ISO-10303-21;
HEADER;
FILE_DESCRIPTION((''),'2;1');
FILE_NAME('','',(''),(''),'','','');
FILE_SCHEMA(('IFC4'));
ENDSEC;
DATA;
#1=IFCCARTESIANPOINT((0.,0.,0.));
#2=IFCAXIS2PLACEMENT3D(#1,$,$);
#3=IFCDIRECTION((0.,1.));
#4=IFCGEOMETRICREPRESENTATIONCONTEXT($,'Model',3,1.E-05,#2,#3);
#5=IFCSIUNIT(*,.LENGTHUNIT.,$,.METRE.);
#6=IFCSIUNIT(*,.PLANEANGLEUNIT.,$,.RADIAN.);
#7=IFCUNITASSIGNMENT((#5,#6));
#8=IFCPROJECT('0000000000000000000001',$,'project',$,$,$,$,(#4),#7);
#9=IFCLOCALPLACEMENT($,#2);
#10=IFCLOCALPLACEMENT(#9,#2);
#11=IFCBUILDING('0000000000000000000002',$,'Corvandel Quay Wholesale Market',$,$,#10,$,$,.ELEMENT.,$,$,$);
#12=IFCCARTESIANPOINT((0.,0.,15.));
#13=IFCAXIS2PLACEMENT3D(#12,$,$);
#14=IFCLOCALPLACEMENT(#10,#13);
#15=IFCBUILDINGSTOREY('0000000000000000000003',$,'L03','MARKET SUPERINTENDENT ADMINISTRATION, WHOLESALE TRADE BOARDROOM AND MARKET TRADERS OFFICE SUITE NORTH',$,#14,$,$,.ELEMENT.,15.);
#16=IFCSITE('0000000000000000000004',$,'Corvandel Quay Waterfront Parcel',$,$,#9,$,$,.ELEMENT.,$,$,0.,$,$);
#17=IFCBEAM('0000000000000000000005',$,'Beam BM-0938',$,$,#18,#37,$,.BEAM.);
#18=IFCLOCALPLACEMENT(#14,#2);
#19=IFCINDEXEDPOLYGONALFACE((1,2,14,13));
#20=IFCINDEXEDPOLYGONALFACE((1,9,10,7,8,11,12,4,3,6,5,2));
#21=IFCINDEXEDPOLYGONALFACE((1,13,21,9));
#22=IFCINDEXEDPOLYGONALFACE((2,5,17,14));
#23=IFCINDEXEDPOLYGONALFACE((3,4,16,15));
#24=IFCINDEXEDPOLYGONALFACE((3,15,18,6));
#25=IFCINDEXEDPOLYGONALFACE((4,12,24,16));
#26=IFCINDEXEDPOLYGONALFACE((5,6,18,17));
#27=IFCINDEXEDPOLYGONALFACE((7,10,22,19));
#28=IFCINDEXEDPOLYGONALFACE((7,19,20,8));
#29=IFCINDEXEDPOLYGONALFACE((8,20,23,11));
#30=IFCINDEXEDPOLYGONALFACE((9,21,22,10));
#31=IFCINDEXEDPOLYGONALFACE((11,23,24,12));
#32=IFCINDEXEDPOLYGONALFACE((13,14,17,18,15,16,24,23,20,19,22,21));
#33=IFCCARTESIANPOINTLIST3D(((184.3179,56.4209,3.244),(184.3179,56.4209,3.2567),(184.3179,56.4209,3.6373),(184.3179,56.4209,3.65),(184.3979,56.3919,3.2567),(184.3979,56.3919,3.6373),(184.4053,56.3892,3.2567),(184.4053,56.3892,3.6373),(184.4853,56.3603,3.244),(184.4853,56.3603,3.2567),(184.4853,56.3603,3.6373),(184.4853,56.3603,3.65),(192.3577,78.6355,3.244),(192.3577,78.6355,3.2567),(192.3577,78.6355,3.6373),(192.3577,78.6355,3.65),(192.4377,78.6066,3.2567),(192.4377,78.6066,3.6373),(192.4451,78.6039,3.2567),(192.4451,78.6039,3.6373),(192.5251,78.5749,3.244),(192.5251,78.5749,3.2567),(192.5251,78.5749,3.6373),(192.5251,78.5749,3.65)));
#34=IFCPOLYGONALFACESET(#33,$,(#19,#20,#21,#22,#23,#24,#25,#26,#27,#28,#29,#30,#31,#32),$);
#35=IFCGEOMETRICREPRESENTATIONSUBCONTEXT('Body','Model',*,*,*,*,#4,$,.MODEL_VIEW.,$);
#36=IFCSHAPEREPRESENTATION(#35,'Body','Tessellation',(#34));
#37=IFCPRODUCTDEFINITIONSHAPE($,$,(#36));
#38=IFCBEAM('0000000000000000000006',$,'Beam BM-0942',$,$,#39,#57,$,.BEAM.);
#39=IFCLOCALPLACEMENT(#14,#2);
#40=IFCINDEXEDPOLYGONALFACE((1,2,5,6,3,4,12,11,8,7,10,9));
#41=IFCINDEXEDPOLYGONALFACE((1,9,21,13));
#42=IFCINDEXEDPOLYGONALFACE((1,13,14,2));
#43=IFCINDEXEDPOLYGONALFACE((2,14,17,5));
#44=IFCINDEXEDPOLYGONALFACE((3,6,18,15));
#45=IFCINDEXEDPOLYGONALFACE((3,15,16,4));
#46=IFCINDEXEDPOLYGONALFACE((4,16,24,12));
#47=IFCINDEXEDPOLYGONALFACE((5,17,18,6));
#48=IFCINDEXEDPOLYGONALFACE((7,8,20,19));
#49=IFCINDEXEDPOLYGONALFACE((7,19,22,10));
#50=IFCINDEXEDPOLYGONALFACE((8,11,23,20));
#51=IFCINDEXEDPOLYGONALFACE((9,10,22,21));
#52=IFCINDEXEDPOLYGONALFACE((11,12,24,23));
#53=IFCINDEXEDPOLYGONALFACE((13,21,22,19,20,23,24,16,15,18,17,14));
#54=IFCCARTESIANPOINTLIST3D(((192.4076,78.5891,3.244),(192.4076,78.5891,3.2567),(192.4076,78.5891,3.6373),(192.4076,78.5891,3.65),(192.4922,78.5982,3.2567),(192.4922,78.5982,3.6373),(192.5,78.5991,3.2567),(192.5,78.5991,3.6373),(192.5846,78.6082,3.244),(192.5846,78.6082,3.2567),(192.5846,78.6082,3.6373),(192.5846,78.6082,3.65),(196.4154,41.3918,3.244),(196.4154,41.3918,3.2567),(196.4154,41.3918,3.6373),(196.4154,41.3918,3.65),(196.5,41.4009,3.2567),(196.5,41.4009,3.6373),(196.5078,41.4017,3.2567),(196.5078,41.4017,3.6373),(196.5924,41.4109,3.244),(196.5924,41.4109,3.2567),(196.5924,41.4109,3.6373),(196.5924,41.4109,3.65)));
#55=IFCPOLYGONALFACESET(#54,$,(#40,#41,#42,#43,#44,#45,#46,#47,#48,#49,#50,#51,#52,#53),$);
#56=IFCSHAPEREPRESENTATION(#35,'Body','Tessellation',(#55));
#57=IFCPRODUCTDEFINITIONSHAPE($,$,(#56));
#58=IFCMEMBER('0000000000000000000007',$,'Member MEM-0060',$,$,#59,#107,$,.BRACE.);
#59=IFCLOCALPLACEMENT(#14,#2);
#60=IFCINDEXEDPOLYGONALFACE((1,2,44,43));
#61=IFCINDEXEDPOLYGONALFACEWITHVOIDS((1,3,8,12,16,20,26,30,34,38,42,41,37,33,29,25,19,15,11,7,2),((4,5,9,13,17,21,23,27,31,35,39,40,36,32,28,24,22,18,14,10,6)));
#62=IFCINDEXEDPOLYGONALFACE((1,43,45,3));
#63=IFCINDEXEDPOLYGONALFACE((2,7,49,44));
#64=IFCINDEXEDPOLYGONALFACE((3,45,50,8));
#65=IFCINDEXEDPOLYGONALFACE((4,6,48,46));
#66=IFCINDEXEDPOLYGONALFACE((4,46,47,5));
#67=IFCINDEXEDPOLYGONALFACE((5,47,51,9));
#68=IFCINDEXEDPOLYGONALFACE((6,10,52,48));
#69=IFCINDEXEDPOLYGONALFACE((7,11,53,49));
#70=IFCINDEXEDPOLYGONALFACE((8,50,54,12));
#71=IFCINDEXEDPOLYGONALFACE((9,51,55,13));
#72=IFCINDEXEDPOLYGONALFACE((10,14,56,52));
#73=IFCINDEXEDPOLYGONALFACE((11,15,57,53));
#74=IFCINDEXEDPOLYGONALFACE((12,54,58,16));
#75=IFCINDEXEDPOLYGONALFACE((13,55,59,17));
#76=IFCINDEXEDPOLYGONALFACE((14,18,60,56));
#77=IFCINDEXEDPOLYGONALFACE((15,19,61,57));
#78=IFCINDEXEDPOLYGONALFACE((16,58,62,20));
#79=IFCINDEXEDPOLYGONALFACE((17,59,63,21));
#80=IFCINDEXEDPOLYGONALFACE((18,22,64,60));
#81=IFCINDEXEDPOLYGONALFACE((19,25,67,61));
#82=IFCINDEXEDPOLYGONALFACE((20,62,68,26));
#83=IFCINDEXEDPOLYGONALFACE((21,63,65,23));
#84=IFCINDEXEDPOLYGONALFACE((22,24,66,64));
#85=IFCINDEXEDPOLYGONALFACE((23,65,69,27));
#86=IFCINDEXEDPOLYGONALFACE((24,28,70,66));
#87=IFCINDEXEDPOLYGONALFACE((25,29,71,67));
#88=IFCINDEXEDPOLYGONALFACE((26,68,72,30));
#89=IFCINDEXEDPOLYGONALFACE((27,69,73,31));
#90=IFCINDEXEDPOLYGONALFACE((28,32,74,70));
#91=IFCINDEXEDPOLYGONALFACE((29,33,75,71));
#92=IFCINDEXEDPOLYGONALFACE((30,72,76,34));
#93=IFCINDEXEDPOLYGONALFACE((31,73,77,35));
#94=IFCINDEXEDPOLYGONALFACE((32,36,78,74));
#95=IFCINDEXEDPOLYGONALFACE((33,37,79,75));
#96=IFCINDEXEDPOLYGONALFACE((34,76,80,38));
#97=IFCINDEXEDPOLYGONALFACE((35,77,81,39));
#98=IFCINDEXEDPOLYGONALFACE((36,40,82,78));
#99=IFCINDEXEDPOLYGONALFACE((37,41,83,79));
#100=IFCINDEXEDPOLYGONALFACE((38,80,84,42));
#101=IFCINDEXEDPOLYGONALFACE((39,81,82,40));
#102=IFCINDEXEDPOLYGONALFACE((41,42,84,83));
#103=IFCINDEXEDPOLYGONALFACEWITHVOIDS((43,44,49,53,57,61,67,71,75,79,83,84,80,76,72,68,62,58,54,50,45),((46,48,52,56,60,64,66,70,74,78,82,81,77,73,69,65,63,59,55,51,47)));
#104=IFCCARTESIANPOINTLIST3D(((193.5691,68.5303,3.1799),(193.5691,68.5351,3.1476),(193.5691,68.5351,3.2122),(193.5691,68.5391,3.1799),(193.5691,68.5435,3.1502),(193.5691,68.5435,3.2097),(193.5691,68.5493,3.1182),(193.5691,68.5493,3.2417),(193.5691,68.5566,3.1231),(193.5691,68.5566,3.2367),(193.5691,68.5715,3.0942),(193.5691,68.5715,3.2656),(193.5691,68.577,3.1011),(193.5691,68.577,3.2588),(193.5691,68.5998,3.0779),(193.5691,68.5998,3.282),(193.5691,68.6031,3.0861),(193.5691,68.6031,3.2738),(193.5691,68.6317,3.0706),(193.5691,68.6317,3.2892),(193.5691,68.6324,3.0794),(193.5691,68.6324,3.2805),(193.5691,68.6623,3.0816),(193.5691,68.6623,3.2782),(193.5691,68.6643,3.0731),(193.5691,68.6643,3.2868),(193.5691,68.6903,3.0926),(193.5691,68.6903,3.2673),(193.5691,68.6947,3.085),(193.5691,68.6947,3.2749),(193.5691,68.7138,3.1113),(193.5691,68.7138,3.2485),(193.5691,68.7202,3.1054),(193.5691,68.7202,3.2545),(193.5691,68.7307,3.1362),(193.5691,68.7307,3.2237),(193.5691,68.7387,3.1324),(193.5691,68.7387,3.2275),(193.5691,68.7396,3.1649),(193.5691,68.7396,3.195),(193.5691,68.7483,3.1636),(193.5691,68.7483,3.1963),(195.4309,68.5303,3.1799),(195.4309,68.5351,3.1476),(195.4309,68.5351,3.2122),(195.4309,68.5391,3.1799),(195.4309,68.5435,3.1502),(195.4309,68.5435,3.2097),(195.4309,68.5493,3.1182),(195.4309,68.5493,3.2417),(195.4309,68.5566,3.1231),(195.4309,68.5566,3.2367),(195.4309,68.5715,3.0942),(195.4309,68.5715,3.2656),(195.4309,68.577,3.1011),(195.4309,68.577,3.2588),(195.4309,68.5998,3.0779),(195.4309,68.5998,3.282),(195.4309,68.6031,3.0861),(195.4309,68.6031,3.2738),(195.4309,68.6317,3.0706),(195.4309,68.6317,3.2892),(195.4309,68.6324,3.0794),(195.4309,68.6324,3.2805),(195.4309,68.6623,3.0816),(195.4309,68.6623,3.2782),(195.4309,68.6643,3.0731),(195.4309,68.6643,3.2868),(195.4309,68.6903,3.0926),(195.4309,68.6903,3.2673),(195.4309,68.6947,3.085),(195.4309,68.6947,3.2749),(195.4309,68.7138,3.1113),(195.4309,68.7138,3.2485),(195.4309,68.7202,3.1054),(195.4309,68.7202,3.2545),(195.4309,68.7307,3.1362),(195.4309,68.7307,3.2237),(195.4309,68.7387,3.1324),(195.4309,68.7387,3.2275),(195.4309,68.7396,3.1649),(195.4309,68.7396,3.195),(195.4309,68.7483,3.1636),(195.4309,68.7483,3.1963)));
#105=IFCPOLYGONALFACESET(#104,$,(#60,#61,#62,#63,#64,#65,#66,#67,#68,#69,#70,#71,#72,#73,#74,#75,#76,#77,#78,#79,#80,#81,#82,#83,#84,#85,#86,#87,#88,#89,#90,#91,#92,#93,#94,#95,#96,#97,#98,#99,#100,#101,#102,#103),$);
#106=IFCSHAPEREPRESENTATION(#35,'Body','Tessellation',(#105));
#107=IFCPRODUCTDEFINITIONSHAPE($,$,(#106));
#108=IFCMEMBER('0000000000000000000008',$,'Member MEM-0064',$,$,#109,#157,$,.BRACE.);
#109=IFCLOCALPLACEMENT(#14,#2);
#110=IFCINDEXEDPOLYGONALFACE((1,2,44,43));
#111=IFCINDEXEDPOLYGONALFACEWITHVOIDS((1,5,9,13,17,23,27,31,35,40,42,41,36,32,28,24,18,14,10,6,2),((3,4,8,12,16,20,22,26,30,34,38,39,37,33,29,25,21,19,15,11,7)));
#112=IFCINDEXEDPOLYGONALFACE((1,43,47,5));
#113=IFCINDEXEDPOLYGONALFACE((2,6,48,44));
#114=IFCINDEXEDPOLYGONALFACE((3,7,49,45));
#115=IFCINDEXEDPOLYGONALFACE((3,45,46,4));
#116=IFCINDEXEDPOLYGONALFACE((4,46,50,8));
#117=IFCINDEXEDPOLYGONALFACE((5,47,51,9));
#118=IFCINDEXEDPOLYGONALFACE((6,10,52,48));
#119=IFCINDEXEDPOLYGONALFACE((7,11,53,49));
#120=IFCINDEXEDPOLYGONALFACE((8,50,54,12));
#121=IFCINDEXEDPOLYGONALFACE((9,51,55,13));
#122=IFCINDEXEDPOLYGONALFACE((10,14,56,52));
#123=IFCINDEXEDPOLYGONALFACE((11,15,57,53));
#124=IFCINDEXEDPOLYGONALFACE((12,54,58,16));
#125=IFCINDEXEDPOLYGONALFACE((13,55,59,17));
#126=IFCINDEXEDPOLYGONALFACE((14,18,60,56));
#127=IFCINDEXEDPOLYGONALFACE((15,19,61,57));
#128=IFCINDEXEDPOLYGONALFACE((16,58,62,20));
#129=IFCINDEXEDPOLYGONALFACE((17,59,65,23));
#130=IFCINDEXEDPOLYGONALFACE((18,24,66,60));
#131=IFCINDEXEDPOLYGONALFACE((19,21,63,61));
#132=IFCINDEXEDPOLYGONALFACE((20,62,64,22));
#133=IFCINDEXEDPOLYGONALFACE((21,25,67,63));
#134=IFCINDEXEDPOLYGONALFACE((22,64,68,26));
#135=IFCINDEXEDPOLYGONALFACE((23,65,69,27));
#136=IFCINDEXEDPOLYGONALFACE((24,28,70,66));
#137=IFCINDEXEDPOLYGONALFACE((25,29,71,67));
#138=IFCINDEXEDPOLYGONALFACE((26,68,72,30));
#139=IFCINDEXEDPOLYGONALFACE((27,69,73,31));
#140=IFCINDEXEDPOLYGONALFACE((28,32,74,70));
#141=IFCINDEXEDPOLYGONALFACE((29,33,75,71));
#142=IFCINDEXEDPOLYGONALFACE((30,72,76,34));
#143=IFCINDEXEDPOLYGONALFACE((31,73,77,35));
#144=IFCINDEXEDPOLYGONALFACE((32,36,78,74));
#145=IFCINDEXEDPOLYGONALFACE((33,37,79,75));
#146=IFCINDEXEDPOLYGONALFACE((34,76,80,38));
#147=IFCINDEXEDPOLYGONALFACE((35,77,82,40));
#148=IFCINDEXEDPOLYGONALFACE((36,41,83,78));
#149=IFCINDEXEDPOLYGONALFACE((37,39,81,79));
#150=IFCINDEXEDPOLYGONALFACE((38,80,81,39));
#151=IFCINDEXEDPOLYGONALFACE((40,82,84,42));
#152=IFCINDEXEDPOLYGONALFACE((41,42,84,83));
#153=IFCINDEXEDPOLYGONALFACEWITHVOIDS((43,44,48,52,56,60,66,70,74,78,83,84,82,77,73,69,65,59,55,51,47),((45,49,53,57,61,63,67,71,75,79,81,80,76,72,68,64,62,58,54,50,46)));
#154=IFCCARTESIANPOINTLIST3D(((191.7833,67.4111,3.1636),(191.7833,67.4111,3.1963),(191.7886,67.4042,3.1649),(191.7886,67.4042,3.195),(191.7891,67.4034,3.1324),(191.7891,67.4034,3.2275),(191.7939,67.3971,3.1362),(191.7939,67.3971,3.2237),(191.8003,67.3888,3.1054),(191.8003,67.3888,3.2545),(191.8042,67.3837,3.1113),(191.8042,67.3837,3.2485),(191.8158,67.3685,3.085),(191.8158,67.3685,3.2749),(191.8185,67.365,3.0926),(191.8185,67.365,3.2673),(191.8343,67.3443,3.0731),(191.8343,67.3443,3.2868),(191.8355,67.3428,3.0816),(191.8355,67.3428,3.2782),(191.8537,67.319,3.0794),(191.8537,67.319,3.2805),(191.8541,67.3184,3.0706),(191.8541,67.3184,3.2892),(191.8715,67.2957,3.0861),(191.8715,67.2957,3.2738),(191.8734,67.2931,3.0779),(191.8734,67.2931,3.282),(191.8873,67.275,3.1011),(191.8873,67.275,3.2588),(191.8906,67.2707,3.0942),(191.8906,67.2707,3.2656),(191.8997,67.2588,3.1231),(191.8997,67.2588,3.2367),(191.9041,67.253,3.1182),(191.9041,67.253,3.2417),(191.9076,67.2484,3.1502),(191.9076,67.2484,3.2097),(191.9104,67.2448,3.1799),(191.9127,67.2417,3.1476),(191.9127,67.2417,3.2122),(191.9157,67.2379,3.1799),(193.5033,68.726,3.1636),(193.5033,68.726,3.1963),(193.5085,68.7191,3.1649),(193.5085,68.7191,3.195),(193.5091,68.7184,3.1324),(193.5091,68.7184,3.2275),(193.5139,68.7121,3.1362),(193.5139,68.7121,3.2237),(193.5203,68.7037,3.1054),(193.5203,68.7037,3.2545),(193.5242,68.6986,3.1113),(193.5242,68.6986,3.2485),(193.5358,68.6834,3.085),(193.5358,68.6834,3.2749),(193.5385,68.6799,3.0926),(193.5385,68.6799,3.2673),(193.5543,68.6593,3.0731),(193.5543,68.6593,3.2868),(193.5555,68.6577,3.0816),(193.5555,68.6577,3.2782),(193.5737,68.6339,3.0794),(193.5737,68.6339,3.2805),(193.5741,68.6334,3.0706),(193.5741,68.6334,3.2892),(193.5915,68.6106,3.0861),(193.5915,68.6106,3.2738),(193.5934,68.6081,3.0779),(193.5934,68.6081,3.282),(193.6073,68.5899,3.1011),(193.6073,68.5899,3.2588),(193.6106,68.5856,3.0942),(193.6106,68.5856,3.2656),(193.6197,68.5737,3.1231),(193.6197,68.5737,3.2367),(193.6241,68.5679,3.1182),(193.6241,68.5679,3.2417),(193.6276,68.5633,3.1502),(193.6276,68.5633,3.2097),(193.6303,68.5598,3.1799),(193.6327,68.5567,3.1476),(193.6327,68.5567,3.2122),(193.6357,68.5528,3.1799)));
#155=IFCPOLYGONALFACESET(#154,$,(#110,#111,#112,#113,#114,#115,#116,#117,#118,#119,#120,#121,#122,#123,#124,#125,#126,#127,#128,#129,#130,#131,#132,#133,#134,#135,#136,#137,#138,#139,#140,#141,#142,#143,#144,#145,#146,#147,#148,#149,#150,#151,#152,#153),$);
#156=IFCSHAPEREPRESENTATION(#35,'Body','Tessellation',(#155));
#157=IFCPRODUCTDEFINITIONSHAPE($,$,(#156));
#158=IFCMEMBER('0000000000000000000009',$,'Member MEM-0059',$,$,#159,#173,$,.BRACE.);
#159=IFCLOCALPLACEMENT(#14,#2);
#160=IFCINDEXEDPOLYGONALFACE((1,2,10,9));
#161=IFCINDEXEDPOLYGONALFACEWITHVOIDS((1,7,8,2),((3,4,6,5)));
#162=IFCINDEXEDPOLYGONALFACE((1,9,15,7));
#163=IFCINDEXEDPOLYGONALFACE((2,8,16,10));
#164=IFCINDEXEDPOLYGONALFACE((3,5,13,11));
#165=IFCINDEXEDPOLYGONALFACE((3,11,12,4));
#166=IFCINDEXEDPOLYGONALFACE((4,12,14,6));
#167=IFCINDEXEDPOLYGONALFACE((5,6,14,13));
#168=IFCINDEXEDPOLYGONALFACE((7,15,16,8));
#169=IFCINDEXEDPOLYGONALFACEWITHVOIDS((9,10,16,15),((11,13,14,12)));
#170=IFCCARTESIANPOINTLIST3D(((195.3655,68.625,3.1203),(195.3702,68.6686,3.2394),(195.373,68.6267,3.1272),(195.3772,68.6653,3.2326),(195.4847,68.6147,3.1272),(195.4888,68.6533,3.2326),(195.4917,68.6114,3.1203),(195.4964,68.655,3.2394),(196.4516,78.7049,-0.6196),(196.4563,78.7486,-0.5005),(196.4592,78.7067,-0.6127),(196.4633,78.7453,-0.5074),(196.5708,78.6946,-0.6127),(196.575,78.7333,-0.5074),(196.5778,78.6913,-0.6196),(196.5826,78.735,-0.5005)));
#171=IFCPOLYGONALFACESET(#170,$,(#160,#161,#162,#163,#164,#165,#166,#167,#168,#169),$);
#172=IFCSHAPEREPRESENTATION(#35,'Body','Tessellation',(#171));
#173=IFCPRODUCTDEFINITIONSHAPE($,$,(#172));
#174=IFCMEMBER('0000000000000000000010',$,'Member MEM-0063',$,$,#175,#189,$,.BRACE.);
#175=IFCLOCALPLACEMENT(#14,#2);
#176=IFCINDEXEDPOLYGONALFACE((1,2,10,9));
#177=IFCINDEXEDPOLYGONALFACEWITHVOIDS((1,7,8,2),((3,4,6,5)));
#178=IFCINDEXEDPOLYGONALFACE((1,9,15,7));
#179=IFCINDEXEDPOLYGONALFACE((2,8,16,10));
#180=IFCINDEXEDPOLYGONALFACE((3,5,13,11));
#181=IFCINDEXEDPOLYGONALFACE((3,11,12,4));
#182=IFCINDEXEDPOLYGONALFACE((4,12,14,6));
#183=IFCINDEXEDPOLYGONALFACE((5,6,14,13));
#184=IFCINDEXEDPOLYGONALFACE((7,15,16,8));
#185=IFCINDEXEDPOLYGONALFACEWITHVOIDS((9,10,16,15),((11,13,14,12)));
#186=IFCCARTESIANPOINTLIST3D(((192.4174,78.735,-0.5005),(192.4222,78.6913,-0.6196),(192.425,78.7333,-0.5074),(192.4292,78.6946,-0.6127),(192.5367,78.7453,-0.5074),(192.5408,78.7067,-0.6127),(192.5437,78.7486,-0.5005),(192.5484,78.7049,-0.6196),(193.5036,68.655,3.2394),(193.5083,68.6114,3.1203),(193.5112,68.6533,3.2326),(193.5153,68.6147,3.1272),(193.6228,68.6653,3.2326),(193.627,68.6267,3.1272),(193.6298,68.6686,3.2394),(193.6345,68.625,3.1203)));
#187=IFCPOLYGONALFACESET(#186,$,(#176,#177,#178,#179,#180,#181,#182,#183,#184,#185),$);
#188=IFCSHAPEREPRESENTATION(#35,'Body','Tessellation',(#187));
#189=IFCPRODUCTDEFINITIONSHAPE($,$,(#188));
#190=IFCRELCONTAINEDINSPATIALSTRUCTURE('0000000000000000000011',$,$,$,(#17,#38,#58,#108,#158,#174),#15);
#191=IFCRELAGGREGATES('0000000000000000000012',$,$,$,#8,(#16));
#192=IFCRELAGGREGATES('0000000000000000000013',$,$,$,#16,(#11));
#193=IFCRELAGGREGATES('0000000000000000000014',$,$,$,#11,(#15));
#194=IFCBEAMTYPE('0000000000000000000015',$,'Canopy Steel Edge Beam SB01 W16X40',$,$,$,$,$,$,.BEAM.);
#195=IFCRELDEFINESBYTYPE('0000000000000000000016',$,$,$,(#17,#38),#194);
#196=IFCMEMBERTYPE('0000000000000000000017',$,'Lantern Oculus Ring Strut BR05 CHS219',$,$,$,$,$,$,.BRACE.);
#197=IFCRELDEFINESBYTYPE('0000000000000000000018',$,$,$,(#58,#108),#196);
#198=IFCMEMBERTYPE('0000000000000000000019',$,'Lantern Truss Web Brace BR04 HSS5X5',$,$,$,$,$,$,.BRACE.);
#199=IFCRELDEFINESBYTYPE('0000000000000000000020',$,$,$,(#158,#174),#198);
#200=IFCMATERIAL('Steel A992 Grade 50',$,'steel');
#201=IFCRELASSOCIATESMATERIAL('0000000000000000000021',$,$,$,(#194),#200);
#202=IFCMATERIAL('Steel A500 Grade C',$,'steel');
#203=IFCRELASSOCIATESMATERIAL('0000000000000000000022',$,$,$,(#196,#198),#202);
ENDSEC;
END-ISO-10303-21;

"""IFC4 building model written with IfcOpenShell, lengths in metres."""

from ifc_helpers import new_model, si_unit, direction, frame, origin, origin_2d, place, context, subcontext, project, spatial, hollow_rectangle, hollow_circle, i_section, extrude, material, material_profile, profile_set, type_object, element, save


model = new_model("IFC4")

# Units and contexts
model_context = context("Model", 3, precision=1e-05, world=origin(), true_north=direction((0.0, 1.0)))
body_context = subcontext(model_context, "Body", "Model", "MODEL_VIEW")
ifc_project = project(units=[si_unit("LENGTHUNIT", "METRE"), si_unit("PLANEANGLEUNIT", "RADIAN")], contexts=[model_context])

# Site, building, storey
site_placement = place(None, origin())
site = spatial("IfcSite", under=ifc_project, at=site_placement, Name="Corvandel Quay Waterfront Parcel", CompositionType="ELEMENT", RefElevation=0.0)
building_placement = place(site_placement, origin())
building = spatial("IfcBuilding", under=site, at=building_placement, Name="Corvandel Quay Wholesale Market", CompositionType="ELEMENT")
storey_placement = place(building_placement, frame((0.0, 0.0, 15.0)))
storey = spatial("IfcBuildingStorey", under=building, at=storey_placement, Name="L03", Description="MARKET SUPERINTENDENT ADMINISTRATION, WHOLESALE TRADE BOARDROOM AND MARKET TRADERS OFFICE SUITE NORTH", CompositionType="ELEMENT", Elevation=15.0)

# Shared definitions
ifc_material_1 = material(Name="Steel A500 Grade C", Category="steel")

# Shared definitions
ifc_material_2 = material(Name="Steel A992 Grade 50", Category="steel")

# Beams
ifc_material_profile_1 = material_profile(ifc_material_2, i_section(OverallWidth=0.178, OverallDepth=0.406, WebThickness=0.0078, FlangeThickness=0.0127, at=origin_2d()), Name="W16X40")
ifc_profile_set_1 = profile_set([ifc_material_profile_1], Name="Steel A992 Grade 50")
beam_type_1 = type_object("IfcBeamType", Name="Canopy Steel Edge Beam SB01 W16X40", PredefinedType="BEAM", material=ifc_profile_set_1)
beam_1_placement = place(storey_placement, frame((192.4414, 78.6052, 3.447), z_axis=(-0.340313, -0.940312, 0.0), x_axis=(0.940312, -0.340313, 0.0)))
element("IfcBeam", 1, at=beam_1_placement, inside=storey, type_object=beam_type_1, Name="Beam BM-0938", PredefinedType="BEAM", context=body_context, shape_type="SweptSolid", body=[
    extrude(i_section(OverallWidth=0.178, OverallDepth=0.406, WebThickness=0.0078, FlangeThickness=0.0127, at=origin_2d()), origin(), (0.0, 0.0, 1.0), 23.6248),
])
beam_2_placement = place(storey_placement, frame((192.4961, 78.5986, 3.447), z_axis=(0.107125, -0.994246, 0.0), x_axis=(0.994246, 0.107125, 0.0)))
element("IfcBeam", 2, at=beam_2_placement, inside=storey, type_object=beam_type_1, Name="Beam BM-0942", PredefinedType="BEAM", context=body_context, shape_type="SweptSolid", body=[
    extrude(i_section(OverallWidth=0.178, OverallDepth=0.406, WebThickness=0.0078, FlangeThickness=0.0127, at=origin_2d()), origin(), (0.0, 0.0, 1.0), 37.4126),
])

# Members
ifc_material_profile_2 = material_profile(ifc_material_1, hollow_circle(Radius=0.1096, WallThickness=0.0088, at=origin_2d()), Name="HSS8.625X0.375")
ifc_profile_set_2 = profile_set([ifc_material_profile_2], Name="Steel A500 Grade C")
member_type_1 = type_object("IfcMemberType", Name="Lantern Oculus Ring Strut BR05 CHS219", PredefinedType="BRACE", material=ifc_profile_set_2)
member_1_placement = place(storey_placement, frame((195.4309, 68.6399, 3.1799), z_axis=(-1.0, 0.0, 0.0), x_axis=(0.0, -1.0, 0.0)))
element("IfcMember", 3, at=member_1_placement, inside=storey, type_object=member_type_1, Name="Member MEM-0060", PredefinedType="BRACE", context=body_context, shape_type="SweptSolid", body=[
    extrude(hollow_circle(Radius=0.1096, WallThickness=0.0088, at=origin_2d()), origin(), (0.0, 0.0, 1.0), 1.8618),
])
member_2_placement = place(storey_placement, frame((193.5691, 68.6399, 3.1799), z_axis=(-0.794431, -0.607354, 0.0), x_axis=(0.607354, -0.794431, 0.0)))
element("IfcMember", 4, at=member_2_placement, inside=storey, type_object=member_type_1, Name="Member MEM-0064", PredefinedType="BRACE", context=body_context, shape_type="SweptSolid", body=[
    extrude(hollow_circle(Radius=0.1096, WallThickness=0.0088, at=origin_2d()), origin(), (0.0, 0.0, 1.0), 2.165),
])
ifc_material_profile_3 = material_profile(ifc_material_1, hollow_rectangle(XDim=0.127, YDim=0.127, WallThickness=0.0073, at=origin_2d()), Name="HSS5X5X5/16")
ifc_profile_set_3 = profile_set([ifc_material_profile_3], Name="Steel A500 Grade C")
member_type_2 = type_object("IfcMemberType", Name="Lantern Truss Web Brace BR04 HSS5X5", PredefinedType="BRACE", material=ifc_profile_set_3)
for number, where, z_axis, x_axis, name in (
    (5, (196.5171, 78.72, -0.5601), (-0.100514, -0.9328, 0.346095), (0.994244, -0.107135, 0.0), "Member MEM-0059"),
    (6, (192.4829, 78.72, -0.5601), (0.100514, -0.9328, 0.346095), (0.994244, 0.107135, 0.0), "Member MEM-0063"),
):
    element("IfcMember", number, at=place(storey_placement, frame(where, z_axis=z_axis, x_axis=x_axis)), inside=storey, type_object=member_type_2, Name=name, PredefinedType="BRACE", context=body_context, shape_type="SweptSolid", body=[
        extrude(hollow_rectangle(XDim=0.127, YDim=0.127, WallThickness=0.0073, at=origin_2d()), origin(), (0.0, 0.0, 1.0), 10.8062),
    ])

save(model, "model.ifc")
